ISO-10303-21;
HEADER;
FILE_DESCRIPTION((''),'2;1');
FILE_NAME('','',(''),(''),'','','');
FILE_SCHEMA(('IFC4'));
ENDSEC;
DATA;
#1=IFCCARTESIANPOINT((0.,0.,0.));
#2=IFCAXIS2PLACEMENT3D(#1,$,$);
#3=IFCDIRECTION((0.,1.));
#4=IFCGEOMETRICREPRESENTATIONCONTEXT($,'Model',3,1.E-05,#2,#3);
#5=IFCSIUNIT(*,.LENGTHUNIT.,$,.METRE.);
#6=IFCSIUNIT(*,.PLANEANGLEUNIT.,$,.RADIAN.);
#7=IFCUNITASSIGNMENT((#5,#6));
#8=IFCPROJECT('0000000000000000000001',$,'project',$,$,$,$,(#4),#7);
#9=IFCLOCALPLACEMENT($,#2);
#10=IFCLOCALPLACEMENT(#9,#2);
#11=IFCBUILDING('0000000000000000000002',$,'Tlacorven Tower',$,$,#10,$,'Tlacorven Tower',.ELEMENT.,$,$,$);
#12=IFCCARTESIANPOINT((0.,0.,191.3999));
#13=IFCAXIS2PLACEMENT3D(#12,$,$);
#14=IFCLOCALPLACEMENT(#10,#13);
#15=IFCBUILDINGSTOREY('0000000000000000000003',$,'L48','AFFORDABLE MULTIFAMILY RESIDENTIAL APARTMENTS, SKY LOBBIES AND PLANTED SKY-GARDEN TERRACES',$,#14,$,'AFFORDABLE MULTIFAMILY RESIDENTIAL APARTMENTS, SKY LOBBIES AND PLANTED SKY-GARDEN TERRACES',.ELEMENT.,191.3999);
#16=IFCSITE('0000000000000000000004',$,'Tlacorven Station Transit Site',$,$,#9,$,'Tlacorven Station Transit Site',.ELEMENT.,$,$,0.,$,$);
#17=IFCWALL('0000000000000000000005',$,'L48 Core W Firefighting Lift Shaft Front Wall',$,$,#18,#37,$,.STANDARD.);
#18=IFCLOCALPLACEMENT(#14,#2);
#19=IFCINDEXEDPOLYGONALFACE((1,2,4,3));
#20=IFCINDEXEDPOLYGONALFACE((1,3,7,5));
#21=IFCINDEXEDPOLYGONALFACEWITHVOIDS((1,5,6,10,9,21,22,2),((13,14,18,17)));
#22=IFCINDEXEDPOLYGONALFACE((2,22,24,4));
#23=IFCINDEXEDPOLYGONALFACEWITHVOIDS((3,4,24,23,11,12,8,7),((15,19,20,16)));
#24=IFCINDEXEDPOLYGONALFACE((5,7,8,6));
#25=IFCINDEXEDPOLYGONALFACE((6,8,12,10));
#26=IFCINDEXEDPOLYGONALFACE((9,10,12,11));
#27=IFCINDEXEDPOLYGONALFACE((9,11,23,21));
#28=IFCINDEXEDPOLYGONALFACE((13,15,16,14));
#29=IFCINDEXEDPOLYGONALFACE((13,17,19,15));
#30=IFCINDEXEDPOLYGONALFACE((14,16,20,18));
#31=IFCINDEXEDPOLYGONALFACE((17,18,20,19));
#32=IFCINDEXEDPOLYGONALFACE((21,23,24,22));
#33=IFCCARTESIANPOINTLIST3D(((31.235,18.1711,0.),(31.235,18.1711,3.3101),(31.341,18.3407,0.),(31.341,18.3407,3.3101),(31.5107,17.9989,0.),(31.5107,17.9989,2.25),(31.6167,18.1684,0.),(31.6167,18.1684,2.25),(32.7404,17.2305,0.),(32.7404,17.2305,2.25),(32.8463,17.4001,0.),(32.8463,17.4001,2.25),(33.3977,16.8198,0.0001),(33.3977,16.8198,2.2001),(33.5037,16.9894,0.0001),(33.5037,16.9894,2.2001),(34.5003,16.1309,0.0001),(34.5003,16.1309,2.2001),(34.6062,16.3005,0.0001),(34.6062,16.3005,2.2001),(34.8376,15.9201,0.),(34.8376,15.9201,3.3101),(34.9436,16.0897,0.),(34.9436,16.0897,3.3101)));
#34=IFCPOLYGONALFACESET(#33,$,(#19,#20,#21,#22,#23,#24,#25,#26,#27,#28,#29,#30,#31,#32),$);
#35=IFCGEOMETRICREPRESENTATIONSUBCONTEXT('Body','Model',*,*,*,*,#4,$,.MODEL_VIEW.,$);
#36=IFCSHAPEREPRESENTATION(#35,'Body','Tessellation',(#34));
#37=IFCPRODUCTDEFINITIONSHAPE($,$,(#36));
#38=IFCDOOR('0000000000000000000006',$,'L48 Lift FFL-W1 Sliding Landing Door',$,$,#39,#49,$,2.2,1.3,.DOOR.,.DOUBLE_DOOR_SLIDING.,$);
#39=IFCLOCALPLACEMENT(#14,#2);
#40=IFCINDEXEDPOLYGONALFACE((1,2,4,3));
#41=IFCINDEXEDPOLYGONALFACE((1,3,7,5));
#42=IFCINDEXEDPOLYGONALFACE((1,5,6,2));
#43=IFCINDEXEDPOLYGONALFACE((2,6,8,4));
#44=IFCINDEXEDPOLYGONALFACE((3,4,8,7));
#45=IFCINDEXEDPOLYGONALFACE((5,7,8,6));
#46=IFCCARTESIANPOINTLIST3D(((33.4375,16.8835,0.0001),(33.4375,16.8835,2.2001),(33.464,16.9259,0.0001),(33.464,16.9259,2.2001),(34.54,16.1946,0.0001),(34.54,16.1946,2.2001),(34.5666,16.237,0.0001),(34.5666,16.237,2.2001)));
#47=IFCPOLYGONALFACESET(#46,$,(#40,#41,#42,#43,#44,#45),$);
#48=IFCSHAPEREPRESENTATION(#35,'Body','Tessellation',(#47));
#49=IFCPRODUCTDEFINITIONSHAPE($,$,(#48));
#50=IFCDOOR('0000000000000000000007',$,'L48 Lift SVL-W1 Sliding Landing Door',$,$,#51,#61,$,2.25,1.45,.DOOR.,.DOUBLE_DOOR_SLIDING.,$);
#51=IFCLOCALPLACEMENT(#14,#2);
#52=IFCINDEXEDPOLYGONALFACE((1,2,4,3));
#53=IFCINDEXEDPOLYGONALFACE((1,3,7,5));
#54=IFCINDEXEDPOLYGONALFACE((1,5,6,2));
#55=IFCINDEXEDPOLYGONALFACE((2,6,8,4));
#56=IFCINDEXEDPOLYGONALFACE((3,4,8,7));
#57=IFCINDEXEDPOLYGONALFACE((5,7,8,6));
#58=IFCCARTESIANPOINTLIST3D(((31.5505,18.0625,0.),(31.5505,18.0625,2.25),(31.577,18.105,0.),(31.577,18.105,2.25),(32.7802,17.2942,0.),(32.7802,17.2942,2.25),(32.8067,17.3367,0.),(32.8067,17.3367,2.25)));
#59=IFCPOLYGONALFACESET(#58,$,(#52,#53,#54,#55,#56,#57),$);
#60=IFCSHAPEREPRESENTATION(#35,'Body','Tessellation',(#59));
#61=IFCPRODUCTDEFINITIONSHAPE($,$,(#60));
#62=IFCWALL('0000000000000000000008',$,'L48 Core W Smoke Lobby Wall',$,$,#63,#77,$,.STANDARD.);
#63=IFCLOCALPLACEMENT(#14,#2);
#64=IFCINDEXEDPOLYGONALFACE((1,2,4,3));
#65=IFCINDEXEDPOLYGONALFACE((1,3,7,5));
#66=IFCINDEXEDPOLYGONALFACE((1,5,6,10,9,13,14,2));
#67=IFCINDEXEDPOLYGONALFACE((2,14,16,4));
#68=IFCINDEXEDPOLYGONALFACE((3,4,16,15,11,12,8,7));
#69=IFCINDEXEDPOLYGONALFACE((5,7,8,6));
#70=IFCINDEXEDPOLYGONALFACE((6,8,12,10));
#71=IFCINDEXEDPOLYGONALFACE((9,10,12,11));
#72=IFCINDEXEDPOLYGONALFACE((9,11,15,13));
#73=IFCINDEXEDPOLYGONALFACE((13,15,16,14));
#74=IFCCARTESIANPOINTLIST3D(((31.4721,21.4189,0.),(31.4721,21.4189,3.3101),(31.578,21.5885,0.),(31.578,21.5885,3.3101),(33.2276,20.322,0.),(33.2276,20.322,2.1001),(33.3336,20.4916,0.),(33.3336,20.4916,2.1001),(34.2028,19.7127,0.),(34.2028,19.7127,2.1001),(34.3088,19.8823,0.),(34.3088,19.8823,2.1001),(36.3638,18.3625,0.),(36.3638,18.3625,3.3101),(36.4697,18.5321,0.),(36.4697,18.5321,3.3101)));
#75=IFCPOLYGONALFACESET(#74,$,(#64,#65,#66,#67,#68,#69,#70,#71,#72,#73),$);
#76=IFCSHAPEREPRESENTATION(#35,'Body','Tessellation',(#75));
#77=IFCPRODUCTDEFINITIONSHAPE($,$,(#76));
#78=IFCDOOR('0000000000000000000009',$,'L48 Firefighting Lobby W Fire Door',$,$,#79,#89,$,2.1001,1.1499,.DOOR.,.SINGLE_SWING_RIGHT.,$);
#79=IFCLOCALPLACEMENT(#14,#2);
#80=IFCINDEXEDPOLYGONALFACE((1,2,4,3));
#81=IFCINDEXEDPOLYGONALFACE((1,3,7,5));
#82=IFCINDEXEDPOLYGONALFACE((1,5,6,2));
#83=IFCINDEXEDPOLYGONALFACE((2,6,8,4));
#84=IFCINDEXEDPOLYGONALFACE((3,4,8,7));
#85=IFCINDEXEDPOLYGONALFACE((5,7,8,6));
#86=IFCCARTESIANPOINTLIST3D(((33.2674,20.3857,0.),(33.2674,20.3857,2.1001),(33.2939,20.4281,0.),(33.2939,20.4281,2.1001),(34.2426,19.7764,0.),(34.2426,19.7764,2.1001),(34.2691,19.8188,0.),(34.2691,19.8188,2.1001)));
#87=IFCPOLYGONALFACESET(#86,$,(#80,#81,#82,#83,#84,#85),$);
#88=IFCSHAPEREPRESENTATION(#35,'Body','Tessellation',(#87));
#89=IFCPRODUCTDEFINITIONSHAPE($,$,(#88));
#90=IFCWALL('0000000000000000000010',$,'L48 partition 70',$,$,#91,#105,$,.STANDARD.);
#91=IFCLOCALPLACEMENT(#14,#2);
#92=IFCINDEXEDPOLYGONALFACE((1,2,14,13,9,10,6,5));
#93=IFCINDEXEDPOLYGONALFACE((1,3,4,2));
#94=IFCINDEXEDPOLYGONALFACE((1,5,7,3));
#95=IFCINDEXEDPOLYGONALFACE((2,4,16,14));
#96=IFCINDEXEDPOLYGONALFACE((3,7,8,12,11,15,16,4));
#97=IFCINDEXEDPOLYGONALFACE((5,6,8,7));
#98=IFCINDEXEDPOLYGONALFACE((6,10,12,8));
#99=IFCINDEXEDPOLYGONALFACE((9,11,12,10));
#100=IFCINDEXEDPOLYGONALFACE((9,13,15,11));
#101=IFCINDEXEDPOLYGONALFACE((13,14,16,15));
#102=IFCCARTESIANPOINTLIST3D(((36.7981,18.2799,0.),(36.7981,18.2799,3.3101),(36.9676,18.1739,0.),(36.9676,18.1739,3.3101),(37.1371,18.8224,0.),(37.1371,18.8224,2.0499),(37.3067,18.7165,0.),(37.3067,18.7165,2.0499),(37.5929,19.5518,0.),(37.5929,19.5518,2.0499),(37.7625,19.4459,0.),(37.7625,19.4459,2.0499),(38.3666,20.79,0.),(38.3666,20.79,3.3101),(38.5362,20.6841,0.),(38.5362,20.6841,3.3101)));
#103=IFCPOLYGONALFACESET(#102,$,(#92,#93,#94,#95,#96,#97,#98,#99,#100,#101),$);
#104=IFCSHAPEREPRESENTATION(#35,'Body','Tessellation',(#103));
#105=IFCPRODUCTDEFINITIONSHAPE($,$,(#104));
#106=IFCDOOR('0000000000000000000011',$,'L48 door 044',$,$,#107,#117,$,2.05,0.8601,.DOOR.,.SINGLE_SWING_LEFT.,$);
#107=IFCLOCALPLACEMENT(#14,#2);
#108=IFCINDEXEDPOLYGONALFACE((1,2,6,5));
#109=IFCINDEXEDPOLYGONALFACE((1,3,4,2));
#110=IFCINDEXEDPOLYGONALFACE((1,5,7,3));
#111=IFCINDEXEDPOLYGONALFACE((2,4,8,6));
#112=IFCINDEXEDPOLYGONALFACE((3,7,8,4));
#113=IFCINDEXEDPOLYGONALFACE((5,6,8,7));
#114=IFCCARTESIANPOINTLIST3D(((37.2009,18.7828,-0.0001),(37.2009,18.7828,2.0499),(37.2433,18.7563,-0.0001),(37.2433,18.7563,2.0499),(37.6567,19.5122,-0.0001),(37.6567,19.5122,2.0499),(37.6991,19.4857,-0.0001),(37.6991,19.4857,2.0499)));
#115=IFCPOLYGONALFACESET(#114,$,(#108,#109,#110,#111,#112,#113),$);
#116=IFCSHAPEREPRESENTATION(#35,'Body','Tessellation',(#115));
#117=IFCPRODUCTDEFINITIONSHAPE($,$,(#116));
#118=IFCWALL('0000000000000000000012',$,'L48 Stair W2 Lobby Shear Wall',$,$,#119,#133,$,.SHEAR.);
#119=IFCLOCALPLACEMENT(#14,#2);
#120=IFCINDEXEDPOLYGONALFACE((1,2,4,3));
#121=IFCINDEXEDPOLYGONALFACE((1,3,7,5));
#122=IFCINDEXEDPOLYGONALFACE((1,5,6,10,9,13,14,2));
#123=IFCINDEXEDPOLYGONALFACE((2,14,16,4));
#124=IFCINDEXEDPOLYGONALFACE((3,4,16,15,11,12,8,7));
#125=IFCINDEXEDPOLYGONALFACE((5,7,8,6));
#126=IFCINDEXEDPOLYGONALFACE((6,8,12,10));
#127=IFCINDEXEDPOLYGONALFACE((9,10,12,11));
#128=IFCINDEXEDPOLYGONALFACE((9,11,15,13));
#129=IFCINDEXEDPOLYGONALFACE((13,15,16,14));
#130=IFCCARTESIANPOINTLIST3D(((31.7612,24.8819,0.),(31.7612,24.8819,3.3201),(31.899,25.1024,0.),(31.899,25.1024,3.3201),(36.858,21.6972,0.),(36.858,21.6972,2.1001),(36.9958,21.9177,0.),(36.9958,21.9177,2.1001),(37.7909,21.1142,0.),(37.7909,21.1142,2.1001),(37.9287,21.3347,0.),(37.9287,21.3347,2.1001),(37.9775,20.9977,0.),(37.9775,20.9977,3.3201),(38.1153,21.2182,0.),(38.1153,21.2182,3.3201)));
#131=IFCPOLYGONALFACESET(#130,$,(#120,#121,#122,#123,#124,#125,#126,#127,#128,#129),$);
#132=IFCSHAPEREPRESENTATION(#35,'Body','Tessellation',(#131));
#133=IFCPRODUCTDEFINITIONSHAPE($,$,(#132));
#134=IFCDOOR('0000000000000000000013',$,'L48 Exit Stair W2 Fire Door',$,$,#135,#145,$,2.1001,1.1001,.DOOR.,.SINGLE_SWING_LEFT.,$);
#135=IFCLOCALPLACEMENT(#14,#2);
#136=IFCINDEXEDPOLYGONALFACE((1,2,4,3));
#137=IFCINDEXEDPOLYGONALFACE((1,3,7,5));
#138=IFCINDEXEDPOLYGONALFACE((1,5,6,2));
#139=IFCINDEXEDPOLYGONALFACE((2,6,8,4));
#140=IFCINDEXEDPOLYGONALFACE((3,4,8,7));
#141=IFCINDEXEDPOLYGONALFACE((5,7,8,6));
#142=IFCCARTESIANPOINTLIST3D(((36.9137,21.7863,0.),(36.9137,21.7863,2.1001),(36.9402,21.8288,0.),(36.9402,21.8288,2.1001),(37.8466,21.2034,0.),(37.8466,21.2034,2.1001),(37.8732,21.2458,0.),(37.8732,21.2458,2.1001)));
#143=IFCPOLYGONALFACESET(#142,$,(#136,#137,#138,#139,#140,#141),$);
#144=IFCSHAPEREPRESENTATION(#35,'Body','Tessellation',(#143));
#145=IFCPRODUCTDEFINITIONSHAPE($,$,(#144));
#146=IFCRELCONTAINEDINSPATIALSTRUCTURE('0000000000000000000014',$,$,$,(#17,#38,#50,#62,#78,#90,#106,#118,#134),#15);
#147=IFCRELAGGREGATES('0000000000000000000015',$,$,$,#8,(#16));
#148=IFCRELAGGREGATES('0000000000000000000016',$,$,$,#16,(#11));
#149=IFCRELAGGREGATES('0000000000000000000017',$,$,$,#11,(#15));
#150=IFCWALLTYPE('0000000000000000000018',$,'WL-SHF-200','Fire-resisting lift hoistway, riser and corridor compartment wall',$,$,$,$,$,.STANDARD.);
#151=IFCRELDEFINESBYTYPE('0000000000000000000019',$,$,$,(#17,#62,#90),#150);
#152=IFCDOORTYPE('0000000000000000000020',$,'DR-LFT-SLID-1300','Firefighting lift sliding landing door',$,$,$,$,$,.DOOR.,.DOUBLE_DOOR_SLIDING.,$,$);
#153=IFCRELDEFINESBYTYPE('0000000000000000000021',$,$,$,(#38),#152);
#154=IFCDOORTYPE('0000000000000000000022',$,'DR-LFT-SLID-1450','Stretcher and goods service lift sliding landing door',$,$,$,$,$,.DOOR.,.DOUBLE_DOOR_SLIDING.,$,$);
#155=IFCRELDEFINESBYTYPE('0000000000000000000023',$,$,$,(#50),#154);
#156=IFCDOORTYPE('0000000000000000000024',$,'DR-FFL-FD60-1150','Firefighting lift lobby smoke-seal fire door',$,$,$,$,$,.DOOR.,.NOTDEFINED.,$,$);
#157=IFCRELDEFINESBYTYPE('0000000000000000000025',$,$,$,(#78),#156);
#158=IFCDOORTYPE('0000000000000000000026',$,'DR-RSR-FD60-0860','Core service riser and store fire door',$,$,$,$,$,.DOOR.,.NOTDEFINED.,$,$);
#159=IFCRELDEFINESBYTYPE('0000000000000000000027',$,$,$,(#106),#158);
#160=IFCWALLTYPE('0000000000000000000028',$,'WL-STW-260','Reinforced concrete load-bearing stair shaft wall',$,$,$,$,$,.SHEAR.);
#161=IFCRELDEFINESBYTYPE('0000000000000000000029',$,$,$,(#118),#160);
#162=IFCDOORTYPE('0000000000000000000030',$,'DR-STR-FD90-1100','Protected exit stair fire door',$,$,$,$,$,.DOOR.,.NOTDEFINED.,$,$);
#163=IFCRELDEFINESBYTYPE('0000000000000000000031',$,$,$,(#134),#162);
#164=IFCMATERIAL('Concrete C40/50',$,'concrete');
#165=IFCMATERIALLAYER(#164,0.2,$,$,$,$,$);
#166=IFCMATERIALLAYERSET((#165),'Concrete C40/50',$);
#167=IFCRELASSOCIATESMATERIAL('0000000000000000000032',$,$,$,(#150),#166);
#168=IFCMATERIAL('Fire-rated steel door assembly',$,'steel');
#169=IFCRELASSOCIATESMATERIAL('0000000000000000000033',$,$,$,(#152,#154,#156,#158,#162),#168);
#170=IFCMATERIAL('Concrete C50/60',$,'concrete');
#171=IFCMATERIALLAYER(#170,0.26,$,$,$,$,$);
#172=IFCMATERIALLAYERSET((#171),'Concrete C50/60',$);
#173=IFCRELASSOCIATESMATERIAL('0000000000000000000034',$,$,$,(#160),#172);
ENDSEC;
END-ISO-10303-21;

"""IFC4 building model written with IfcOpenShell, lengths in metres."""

from ifc_helpers import new_model, si_unit, direction, frame, frame_2d, origin, place, context, subcontext, project, spatial, rectangle, extrude, source, transform, mapped, material, layer, layer_set, type_object, element, fill, save


model = new_model("IFC4")

# Units and contexts
model_context = context("Model", 3, precision=1e-05, world=origin(), true_north=direction((0.0, 1.0)))
body_context = subcontext(model_context, "Body", "Model", "MODEL_VIEW")
ifc_project = project(units=[si_unit("LENGTHUNIT", "METRE"), si_unit("PLANEANGLEUNIT", "RADIAN")], contexts=[model_context])

# Site, building, storey
site_placement = place(None, origin())
site = spatial("IfcSite", under=ifc_project, at=site_placement, Name="Tlacorven Station Transit Site", LongName="Tlacorven Station Transit Site", CompositionType="ELEMENT", RefElevation=0.0)
building_placement = place(site_placement, origin())
building = spatial("IfcBuilding", under=site, at=building_placement, Name="Tlacorven Tower", LongName="Tlacorven Tower", CompositionType="ELEMENT")
storey_placement = place(building_placement, frame((0.0, 0.0, 191.3999)))
storey = spatial("IfcBuildingStorey", under=building, at=storey_placement, Name="L48", Description="AFFORDABLE MULTIFAMILY RESIDENTIAL APARTMENTS, SKY LOBBIES AND PLANTED SKY-GARDEN TERRACES", LongName="AFFORDABLE MULTIFAMILY RESIDENTIAL APARTMENTS, SKY LOBBIES AND PLANTED SKY-GARDEN TERRACES", CompositionType="ELEMENT", Elevation=191.3999)

# Shared definitions
ifc_material_1 = material(Name="Fire-rated steel door assembly", Category="steel")

# Wall, openings, doors
ifc_material_2 = material(Name="Concrete C40/50", Category="concrete")
ifc_layer_1 = layer(ifc_material_2, 0.2)
ifc_layer_set_1 = layer_set([ifc_layer_1], Name="Concrete C40/50")
wall_type_1 = type_object("IfcWallType", Name="WL-SHF-200", Description="Fire-resisting lift hoistway, riser and corridor compartment wall", PredefinedType="STANDARD", material=ifc_layer_set_1)
wall_1_placement = place(storey_placement, frame((34.8906, 16.0049, 0.0), z_axis=(0.0, 0.0, 1.0), x_axis=(-0.848063, 0.529896, 0.0)))
wall_1 = element("IfcWall", 1, at=wall_1_placement, inside=storey, type_object=wall_type_1, Name="L48 Core W Firefighting Lift Shaft Front Wall", PredefinedType="STANDARD", context=body_context, shape_type="SweptSolid", body=[
    extrude(rectangle(XDim=4.248, YDim=0.2, at=frame_2d((2.124, 0.0))), origin(), (0.0, 0.0, 1.0), 3.3101),
])
opening_1_placement = place(wall_1_placement, frame((0.3979, 0.0, 0.0)))
opening_1 = element("IfcOpeningElement", 2, at=opening_1_placement, cuts=wall_1, PredefinedType="OPENING", context=body_context, shape_type="SweptSolid", body=[
    extrude(rectangle(XDim=1.3, YDim=2.2, at=frame_2d((0.6499, 1.1001))), frame((0.0, 0.1099, 0.0), z_axis=(0.0, -1.0, 0.0), x_axis=(1.0, 0.0, 0.0)), (0.0, 0.0, 1.0), 0.22),
])
opening_2_placement = place(wall_1_placement, frame((2.4729, 0.0, 0.0)))
opening_2 = element("IfcOpeningElement", 3, at=opening_2_placement, cuts=wall_1, PredefinedType="OPENING", context=body_context, shape_type="SweptSolid", body=[
    extrude(rectangle(XDim=1.45, YDim=2.25, at=frame_2d((0.7251, 1.125))), frame((0.0, 0.1099, 0.0), z_axis=(0.0, -1.0, 0.0), x_axis=(1.0, 0.0, 0.0)), (0.0, 0.0, 1.0), 0.22),
])
door_type_1 = type_object("IfcDoorType", Name="DR-LFT-SLID-1300", Description="Firefighting lift sliding landing door", OperationType="DOUBLE_DOOR_SLIDING", PredefinedType="DOOR", material=ifc_material_1)
shared_shape_1 = source(origin(), body_context, "Body", "SweptSolid", [
    extrude(rectangle(XDim=1.3, YDim=2.2, at=frame_2d((0.6499, 1.1001))), frame((0.0, 0.0249, 0.0), z_axis=(0.0, -1.0, 0.0), x_axis=(1.0, 0.0, 0.0)), (0.0, 0.0, 1.0), 0.05),
])
door_1_placement = place(opening_1_placement, origin())
door_1 = element("IfcDoor", 4, at=door_1_placement, inside=storey, type_object=door_type_1, Name="L48 Lift FFL-W1 Sliding Landing Door", OperationType="DOUBLE_DOOR_SLIDING", OverallHeight=2.2, OverallWidth=1.3, PredefinedType="DOOR", context=body_context, shape_type="MappedRepresentation", body=[
    mapped(shared_shape_1, transform((0.0, 0.0, 0.0), scale=1.0)),
])
fill(opening_1, door_1)
door_type_2 = type_object("IfcDoorType", Name="DR-LFT-SLID-1450", Description="Stretcher and goods service lift sliding landing door", OperationType="DOUBLE_DOOR_SLIDING", PredefinedType="DOOR", material=ifc_material_1)
shared_shape_2 = source(origin(), body_context, "Body", "SweptSolid", [
    extrude(rectangle(XDim=1.45, YDim=2.25, at=frame_2d((0.7251, 1.125))), frame((0.0, 0.0249, 0.0), z_axis=(0.0, -1.0, 0.0), x_axis=(1.0, 0.0, 0.0)), (0.0, 0.0, 1.0), 0.05),
])
door_2_placement = place(opening_2_placement, origin())
door_2 = element("IfcDoor", 5, at=door_2_placement, inside=storey, type_object=door_type_2, Name="L48 Lift SVL-W1 Sliding Landing Door", OperationType="DOUBLE_DOOR_SLIDING", OverallHeight=2.25, OverallWidth=1.45, PredefinedType="DOOR", context=body_context, shape_type="MappedRepresentation", body=[
    mapped(shared_shape_2, transform((0.0, 0.0, 0.0), scale=1.0)),
])
fill(opening_2, door_2)

# Walls, openings, doors
wall_2_placement = place(storey_placement, frame((36.4167, 18.4473, 0.0), z_axis=(0.0, 0.0, 1.0), x_axis=(-0.848065, 0.529892, 0.0)))
wall_2 = element("IfcWall", 6, at=wall_2_placement, inside=storey, type_object=wall_type_1, Name="L48 Core W Smoke Lobby Wall", PredefinedType="STANDARD", context=body_context, shape_type="SweptSolid", body=[
    extrude(rectangle(XDim=5.7681, YDim=0.2, at=frame_2d((2.884, 0.0))), origin(), (0.0, 0.0, 1.0), 3.3101),
])
opening_3_placement = place(wall_2_placement, frame((2.5481, 0.0, 0.0)))
opening_3 = element("IfcOpeningElement", 7, at=opening_3_placement, cuts=wall_2, PredefinedType="OPENING", context=body_context, shape_type="SweptSolid", body=[
    extrude(rectangle(XDim=1.1499, YDim=2.1001, at=frame_2d((0.575, 1.05))), frame((0.0, 0.1099, 0.0), z_axis=(0.0, -1.0, 0.0), x_axis=(1.0, 0.0, 0.0)), (0.0, 0.0, 1.0), 0.22),
])
door_type_3 = type_object("IfcDoorType", Name="DR-FFL-FD60-1150", Description="Firefighting lift lobby smoke-seal fire door", OperationType="NOTDEFINED", PredefinedType="DOOR", material=ifc_material_1)
shared_shape_3 = source(origin(), body_context, "Body", "SweptSolid", [
    extrude(rectangle(XDim=1.1499, YDim=2.1001, at=frame_2d((0.575, 1.05))), frame((0.0, 0.0249, 0.0), z_axis=(0.0, -1.0, 0.0), x_axis=(1.0, 0.0, 0.0)), (0.0, 0.0, 1.0), 0.05),
])
door_3_placement = place(opening_3_placement, origin())
door_3 = element("IfcDoor", 8, at=door_3_placement, inside=storey, type_object=door_type_3, Name="L48 Firefighting Lobby W Fire Door", OperationType="SINGLE_SWING_RIGHT", OverallHeight=2.1001, OverallWidth=1.1499, PredefinedType="DOOR", context=body_context, shape_type="MappedRepresentation", body=[
    mapped(shared_shape_3, transform((0.0, 0.0, 0.0), scale=1.0)),
])
fill(opening_3, door_3)
wall_3_placement = place(storey_placement, frame((38.4514, 20.7371, 0.0), z_axis=(0.0, 0.0, 1.0), x_axis=(-0.529925, -0.848045, 0.0)))
wall_3 = element("IfcWall", 9, at=wall_3_placement, inside=storey, type_object=wall_type_1, Name="L48 partition 70", PredefinedType="STANDARD", context=body_context, shape_type="SweptSolid", body=[
    extrude(rectangle(XDim=2.96, YDim=0.2, at=frame_2d((1.48, 0.0))), origin(), (0.0, 0.0, 1.0), 3.3101),
])
opening_4_placement = place(wall_3_placement, frame((1.46, 0.0, 0.0)))
opening_4 = element("IfcOpeningElement", 10, at=opening_4_placement, cuts=wall_3, PredefinedType="OPENING", context=body_context, shape_type="SweptSolid", body=[
    extrude(rectangle(XDim=0.8601, YDim=2.05, at=frame_2d((0.4302, 1.0249))), frame((0.0, 0.1099, 0.0), z_axis=(0.0, -1.0, 0.0), x_axis=(1.0, 0.0, 0.0)), (0.0, 0.0, 1.0), 0.22),
])
door_type_4 = type_object("IfcDoorType", Name="DR-RSR-FD60-0860", Description="Core service riser and store fire door", OperationType="NOTDEFINED", PredefinedType="DOOR", material=ifc_material_1)
shared_shape_4 = source(origin(), body_context, "Body", "SweptSolid", [
    extrude(rectangle(XDim=0.8601, YDim=2.05, at=frame_2d((0.4302, 1.0249))), frame((0.0, 0.0249, 0.0), z_axis=(0.0, -1.0, 0.0), x_axis=(1.0, 0.0, 0.0)), (0.0, 0.0, 1.0), 0.05),
])
door_4_placement = place(opening_4_placement, frame((0.8601, 0.0, 0.0), z_axis=(0.0, 0.0, 1.0), x_axis=(-1.0, 0.0, 0.0)))
door_4 = element("IfcDoor", 11, at=door_4_placement, inside=storey, type_object=door_type_4, Name="L48 door 044", OperationType="SINGLE_SWING_LEFT", OverallHeight=2.05, OverallWidth=0.8601, PredefinedType="DOOR", context=body_context, shape_type="MappedRepresentation", body=[
    mapped(shared_shape_4, transform((0.0, 0.0, 0.0), scale=1.0)),
])
fill(opening_4, door_4)
ifc_material_3 = material(Name="Concrete C50/60", Category="concrete")
ifc_layer_2 = layer(ifc_material_3, 0.26)
ifc_layer_set_2 = layer_set([ifc_layer_2], Name="Concrete C50/60")
wall_type_2 = type_object("IfcWallType", Name="WL-STW-260", Description="Reinforced concrete load-bearing stair shaft wall", PredefinedType="SHEAR", material=ifc_layer_set_2)
wall_4_placement = place(storey_placement, frame((38.0464, 21.1079, 0.0), z_axis=(0.0, 0.0, 1.0), x_axis=(-0.848054, 0.529909, 0.0)))
wall_4 = element("IfcWall", 12, at=wall_4_placement, inside=storey, type_object=wall_type_2, Name="L48 Stair W2 Lobby Shear Wall", PredefinedType="SHEAR", context=body_context, shape_type="SweptSolid", body=[
    extrude(rectangle(XDim=7.3301, YDim=0.26, at=frame_2d((3.665, 0.0))), origin(), (0.0, 0.0, 1.0), 3.3201),
])
opening_5_placement = place(wall_4_placement, frame((0.22, 0.0, 0.0)))
opening_5 = element("IfcOpeningElement", 13, at=opening_5_placement, cuts=wall_4, PredefinedType="OPENING", context=body_context, shape_type="SweptSolid", body=[
    extrude(rectangle(XDim=1.1001, YDim=2.1001, at=frame_2d((0.55, 1.05))), frame((0.0, 0.1401, 0.0), z_axis=(0.0, -1.0, 0.0), x_axis=(1.0, 0.0, 0.0)), (0.0, 0.0, 1.0), 0.28),
])
door_type_5 = type_object("IfcDoorType", Name="DR-STR-FD90-1100", Description="Protected exit stair fire door", OperationType="NOTDEFINED", PredefinedType="DOOR", material=ifc_material_1)
shared_shape_5 = source(origin(), body_context, "Body", "SweptSolid", [
    extrude(rectangle(XDim=1.1001, YDim=2.1001, at=frame_2d((0.55, 1.05))), frame((0.0, 0.0249, 0.0), z_axis=(0.0, -1.0, 0.0), x_axis=(1.0, 0.0, 0.0)), (0.0, 0.0, 1.0), 0.05),
])
door_5_placement = place(opening_5_placement, origin())
door_5 = element("IfcDoor", 14, at=door_5_placement, inside=storey, type_object=door_type_5, Name="L48 Exit Stair W2 Fire Door", OperationType="SINGLE_SWING_LEFT", OverallHeight=2.1001, OverallWidth=1.1001, PredefinedType="DOOR", context=body_context, shape_type="MappedRepresentation", body=[
    mapped(shared_shape_5, transform((0.0, 0.0, 0.0), scale=1.0)),
])
fill(opening_5, door_5)

save(model, "model.ifc")
